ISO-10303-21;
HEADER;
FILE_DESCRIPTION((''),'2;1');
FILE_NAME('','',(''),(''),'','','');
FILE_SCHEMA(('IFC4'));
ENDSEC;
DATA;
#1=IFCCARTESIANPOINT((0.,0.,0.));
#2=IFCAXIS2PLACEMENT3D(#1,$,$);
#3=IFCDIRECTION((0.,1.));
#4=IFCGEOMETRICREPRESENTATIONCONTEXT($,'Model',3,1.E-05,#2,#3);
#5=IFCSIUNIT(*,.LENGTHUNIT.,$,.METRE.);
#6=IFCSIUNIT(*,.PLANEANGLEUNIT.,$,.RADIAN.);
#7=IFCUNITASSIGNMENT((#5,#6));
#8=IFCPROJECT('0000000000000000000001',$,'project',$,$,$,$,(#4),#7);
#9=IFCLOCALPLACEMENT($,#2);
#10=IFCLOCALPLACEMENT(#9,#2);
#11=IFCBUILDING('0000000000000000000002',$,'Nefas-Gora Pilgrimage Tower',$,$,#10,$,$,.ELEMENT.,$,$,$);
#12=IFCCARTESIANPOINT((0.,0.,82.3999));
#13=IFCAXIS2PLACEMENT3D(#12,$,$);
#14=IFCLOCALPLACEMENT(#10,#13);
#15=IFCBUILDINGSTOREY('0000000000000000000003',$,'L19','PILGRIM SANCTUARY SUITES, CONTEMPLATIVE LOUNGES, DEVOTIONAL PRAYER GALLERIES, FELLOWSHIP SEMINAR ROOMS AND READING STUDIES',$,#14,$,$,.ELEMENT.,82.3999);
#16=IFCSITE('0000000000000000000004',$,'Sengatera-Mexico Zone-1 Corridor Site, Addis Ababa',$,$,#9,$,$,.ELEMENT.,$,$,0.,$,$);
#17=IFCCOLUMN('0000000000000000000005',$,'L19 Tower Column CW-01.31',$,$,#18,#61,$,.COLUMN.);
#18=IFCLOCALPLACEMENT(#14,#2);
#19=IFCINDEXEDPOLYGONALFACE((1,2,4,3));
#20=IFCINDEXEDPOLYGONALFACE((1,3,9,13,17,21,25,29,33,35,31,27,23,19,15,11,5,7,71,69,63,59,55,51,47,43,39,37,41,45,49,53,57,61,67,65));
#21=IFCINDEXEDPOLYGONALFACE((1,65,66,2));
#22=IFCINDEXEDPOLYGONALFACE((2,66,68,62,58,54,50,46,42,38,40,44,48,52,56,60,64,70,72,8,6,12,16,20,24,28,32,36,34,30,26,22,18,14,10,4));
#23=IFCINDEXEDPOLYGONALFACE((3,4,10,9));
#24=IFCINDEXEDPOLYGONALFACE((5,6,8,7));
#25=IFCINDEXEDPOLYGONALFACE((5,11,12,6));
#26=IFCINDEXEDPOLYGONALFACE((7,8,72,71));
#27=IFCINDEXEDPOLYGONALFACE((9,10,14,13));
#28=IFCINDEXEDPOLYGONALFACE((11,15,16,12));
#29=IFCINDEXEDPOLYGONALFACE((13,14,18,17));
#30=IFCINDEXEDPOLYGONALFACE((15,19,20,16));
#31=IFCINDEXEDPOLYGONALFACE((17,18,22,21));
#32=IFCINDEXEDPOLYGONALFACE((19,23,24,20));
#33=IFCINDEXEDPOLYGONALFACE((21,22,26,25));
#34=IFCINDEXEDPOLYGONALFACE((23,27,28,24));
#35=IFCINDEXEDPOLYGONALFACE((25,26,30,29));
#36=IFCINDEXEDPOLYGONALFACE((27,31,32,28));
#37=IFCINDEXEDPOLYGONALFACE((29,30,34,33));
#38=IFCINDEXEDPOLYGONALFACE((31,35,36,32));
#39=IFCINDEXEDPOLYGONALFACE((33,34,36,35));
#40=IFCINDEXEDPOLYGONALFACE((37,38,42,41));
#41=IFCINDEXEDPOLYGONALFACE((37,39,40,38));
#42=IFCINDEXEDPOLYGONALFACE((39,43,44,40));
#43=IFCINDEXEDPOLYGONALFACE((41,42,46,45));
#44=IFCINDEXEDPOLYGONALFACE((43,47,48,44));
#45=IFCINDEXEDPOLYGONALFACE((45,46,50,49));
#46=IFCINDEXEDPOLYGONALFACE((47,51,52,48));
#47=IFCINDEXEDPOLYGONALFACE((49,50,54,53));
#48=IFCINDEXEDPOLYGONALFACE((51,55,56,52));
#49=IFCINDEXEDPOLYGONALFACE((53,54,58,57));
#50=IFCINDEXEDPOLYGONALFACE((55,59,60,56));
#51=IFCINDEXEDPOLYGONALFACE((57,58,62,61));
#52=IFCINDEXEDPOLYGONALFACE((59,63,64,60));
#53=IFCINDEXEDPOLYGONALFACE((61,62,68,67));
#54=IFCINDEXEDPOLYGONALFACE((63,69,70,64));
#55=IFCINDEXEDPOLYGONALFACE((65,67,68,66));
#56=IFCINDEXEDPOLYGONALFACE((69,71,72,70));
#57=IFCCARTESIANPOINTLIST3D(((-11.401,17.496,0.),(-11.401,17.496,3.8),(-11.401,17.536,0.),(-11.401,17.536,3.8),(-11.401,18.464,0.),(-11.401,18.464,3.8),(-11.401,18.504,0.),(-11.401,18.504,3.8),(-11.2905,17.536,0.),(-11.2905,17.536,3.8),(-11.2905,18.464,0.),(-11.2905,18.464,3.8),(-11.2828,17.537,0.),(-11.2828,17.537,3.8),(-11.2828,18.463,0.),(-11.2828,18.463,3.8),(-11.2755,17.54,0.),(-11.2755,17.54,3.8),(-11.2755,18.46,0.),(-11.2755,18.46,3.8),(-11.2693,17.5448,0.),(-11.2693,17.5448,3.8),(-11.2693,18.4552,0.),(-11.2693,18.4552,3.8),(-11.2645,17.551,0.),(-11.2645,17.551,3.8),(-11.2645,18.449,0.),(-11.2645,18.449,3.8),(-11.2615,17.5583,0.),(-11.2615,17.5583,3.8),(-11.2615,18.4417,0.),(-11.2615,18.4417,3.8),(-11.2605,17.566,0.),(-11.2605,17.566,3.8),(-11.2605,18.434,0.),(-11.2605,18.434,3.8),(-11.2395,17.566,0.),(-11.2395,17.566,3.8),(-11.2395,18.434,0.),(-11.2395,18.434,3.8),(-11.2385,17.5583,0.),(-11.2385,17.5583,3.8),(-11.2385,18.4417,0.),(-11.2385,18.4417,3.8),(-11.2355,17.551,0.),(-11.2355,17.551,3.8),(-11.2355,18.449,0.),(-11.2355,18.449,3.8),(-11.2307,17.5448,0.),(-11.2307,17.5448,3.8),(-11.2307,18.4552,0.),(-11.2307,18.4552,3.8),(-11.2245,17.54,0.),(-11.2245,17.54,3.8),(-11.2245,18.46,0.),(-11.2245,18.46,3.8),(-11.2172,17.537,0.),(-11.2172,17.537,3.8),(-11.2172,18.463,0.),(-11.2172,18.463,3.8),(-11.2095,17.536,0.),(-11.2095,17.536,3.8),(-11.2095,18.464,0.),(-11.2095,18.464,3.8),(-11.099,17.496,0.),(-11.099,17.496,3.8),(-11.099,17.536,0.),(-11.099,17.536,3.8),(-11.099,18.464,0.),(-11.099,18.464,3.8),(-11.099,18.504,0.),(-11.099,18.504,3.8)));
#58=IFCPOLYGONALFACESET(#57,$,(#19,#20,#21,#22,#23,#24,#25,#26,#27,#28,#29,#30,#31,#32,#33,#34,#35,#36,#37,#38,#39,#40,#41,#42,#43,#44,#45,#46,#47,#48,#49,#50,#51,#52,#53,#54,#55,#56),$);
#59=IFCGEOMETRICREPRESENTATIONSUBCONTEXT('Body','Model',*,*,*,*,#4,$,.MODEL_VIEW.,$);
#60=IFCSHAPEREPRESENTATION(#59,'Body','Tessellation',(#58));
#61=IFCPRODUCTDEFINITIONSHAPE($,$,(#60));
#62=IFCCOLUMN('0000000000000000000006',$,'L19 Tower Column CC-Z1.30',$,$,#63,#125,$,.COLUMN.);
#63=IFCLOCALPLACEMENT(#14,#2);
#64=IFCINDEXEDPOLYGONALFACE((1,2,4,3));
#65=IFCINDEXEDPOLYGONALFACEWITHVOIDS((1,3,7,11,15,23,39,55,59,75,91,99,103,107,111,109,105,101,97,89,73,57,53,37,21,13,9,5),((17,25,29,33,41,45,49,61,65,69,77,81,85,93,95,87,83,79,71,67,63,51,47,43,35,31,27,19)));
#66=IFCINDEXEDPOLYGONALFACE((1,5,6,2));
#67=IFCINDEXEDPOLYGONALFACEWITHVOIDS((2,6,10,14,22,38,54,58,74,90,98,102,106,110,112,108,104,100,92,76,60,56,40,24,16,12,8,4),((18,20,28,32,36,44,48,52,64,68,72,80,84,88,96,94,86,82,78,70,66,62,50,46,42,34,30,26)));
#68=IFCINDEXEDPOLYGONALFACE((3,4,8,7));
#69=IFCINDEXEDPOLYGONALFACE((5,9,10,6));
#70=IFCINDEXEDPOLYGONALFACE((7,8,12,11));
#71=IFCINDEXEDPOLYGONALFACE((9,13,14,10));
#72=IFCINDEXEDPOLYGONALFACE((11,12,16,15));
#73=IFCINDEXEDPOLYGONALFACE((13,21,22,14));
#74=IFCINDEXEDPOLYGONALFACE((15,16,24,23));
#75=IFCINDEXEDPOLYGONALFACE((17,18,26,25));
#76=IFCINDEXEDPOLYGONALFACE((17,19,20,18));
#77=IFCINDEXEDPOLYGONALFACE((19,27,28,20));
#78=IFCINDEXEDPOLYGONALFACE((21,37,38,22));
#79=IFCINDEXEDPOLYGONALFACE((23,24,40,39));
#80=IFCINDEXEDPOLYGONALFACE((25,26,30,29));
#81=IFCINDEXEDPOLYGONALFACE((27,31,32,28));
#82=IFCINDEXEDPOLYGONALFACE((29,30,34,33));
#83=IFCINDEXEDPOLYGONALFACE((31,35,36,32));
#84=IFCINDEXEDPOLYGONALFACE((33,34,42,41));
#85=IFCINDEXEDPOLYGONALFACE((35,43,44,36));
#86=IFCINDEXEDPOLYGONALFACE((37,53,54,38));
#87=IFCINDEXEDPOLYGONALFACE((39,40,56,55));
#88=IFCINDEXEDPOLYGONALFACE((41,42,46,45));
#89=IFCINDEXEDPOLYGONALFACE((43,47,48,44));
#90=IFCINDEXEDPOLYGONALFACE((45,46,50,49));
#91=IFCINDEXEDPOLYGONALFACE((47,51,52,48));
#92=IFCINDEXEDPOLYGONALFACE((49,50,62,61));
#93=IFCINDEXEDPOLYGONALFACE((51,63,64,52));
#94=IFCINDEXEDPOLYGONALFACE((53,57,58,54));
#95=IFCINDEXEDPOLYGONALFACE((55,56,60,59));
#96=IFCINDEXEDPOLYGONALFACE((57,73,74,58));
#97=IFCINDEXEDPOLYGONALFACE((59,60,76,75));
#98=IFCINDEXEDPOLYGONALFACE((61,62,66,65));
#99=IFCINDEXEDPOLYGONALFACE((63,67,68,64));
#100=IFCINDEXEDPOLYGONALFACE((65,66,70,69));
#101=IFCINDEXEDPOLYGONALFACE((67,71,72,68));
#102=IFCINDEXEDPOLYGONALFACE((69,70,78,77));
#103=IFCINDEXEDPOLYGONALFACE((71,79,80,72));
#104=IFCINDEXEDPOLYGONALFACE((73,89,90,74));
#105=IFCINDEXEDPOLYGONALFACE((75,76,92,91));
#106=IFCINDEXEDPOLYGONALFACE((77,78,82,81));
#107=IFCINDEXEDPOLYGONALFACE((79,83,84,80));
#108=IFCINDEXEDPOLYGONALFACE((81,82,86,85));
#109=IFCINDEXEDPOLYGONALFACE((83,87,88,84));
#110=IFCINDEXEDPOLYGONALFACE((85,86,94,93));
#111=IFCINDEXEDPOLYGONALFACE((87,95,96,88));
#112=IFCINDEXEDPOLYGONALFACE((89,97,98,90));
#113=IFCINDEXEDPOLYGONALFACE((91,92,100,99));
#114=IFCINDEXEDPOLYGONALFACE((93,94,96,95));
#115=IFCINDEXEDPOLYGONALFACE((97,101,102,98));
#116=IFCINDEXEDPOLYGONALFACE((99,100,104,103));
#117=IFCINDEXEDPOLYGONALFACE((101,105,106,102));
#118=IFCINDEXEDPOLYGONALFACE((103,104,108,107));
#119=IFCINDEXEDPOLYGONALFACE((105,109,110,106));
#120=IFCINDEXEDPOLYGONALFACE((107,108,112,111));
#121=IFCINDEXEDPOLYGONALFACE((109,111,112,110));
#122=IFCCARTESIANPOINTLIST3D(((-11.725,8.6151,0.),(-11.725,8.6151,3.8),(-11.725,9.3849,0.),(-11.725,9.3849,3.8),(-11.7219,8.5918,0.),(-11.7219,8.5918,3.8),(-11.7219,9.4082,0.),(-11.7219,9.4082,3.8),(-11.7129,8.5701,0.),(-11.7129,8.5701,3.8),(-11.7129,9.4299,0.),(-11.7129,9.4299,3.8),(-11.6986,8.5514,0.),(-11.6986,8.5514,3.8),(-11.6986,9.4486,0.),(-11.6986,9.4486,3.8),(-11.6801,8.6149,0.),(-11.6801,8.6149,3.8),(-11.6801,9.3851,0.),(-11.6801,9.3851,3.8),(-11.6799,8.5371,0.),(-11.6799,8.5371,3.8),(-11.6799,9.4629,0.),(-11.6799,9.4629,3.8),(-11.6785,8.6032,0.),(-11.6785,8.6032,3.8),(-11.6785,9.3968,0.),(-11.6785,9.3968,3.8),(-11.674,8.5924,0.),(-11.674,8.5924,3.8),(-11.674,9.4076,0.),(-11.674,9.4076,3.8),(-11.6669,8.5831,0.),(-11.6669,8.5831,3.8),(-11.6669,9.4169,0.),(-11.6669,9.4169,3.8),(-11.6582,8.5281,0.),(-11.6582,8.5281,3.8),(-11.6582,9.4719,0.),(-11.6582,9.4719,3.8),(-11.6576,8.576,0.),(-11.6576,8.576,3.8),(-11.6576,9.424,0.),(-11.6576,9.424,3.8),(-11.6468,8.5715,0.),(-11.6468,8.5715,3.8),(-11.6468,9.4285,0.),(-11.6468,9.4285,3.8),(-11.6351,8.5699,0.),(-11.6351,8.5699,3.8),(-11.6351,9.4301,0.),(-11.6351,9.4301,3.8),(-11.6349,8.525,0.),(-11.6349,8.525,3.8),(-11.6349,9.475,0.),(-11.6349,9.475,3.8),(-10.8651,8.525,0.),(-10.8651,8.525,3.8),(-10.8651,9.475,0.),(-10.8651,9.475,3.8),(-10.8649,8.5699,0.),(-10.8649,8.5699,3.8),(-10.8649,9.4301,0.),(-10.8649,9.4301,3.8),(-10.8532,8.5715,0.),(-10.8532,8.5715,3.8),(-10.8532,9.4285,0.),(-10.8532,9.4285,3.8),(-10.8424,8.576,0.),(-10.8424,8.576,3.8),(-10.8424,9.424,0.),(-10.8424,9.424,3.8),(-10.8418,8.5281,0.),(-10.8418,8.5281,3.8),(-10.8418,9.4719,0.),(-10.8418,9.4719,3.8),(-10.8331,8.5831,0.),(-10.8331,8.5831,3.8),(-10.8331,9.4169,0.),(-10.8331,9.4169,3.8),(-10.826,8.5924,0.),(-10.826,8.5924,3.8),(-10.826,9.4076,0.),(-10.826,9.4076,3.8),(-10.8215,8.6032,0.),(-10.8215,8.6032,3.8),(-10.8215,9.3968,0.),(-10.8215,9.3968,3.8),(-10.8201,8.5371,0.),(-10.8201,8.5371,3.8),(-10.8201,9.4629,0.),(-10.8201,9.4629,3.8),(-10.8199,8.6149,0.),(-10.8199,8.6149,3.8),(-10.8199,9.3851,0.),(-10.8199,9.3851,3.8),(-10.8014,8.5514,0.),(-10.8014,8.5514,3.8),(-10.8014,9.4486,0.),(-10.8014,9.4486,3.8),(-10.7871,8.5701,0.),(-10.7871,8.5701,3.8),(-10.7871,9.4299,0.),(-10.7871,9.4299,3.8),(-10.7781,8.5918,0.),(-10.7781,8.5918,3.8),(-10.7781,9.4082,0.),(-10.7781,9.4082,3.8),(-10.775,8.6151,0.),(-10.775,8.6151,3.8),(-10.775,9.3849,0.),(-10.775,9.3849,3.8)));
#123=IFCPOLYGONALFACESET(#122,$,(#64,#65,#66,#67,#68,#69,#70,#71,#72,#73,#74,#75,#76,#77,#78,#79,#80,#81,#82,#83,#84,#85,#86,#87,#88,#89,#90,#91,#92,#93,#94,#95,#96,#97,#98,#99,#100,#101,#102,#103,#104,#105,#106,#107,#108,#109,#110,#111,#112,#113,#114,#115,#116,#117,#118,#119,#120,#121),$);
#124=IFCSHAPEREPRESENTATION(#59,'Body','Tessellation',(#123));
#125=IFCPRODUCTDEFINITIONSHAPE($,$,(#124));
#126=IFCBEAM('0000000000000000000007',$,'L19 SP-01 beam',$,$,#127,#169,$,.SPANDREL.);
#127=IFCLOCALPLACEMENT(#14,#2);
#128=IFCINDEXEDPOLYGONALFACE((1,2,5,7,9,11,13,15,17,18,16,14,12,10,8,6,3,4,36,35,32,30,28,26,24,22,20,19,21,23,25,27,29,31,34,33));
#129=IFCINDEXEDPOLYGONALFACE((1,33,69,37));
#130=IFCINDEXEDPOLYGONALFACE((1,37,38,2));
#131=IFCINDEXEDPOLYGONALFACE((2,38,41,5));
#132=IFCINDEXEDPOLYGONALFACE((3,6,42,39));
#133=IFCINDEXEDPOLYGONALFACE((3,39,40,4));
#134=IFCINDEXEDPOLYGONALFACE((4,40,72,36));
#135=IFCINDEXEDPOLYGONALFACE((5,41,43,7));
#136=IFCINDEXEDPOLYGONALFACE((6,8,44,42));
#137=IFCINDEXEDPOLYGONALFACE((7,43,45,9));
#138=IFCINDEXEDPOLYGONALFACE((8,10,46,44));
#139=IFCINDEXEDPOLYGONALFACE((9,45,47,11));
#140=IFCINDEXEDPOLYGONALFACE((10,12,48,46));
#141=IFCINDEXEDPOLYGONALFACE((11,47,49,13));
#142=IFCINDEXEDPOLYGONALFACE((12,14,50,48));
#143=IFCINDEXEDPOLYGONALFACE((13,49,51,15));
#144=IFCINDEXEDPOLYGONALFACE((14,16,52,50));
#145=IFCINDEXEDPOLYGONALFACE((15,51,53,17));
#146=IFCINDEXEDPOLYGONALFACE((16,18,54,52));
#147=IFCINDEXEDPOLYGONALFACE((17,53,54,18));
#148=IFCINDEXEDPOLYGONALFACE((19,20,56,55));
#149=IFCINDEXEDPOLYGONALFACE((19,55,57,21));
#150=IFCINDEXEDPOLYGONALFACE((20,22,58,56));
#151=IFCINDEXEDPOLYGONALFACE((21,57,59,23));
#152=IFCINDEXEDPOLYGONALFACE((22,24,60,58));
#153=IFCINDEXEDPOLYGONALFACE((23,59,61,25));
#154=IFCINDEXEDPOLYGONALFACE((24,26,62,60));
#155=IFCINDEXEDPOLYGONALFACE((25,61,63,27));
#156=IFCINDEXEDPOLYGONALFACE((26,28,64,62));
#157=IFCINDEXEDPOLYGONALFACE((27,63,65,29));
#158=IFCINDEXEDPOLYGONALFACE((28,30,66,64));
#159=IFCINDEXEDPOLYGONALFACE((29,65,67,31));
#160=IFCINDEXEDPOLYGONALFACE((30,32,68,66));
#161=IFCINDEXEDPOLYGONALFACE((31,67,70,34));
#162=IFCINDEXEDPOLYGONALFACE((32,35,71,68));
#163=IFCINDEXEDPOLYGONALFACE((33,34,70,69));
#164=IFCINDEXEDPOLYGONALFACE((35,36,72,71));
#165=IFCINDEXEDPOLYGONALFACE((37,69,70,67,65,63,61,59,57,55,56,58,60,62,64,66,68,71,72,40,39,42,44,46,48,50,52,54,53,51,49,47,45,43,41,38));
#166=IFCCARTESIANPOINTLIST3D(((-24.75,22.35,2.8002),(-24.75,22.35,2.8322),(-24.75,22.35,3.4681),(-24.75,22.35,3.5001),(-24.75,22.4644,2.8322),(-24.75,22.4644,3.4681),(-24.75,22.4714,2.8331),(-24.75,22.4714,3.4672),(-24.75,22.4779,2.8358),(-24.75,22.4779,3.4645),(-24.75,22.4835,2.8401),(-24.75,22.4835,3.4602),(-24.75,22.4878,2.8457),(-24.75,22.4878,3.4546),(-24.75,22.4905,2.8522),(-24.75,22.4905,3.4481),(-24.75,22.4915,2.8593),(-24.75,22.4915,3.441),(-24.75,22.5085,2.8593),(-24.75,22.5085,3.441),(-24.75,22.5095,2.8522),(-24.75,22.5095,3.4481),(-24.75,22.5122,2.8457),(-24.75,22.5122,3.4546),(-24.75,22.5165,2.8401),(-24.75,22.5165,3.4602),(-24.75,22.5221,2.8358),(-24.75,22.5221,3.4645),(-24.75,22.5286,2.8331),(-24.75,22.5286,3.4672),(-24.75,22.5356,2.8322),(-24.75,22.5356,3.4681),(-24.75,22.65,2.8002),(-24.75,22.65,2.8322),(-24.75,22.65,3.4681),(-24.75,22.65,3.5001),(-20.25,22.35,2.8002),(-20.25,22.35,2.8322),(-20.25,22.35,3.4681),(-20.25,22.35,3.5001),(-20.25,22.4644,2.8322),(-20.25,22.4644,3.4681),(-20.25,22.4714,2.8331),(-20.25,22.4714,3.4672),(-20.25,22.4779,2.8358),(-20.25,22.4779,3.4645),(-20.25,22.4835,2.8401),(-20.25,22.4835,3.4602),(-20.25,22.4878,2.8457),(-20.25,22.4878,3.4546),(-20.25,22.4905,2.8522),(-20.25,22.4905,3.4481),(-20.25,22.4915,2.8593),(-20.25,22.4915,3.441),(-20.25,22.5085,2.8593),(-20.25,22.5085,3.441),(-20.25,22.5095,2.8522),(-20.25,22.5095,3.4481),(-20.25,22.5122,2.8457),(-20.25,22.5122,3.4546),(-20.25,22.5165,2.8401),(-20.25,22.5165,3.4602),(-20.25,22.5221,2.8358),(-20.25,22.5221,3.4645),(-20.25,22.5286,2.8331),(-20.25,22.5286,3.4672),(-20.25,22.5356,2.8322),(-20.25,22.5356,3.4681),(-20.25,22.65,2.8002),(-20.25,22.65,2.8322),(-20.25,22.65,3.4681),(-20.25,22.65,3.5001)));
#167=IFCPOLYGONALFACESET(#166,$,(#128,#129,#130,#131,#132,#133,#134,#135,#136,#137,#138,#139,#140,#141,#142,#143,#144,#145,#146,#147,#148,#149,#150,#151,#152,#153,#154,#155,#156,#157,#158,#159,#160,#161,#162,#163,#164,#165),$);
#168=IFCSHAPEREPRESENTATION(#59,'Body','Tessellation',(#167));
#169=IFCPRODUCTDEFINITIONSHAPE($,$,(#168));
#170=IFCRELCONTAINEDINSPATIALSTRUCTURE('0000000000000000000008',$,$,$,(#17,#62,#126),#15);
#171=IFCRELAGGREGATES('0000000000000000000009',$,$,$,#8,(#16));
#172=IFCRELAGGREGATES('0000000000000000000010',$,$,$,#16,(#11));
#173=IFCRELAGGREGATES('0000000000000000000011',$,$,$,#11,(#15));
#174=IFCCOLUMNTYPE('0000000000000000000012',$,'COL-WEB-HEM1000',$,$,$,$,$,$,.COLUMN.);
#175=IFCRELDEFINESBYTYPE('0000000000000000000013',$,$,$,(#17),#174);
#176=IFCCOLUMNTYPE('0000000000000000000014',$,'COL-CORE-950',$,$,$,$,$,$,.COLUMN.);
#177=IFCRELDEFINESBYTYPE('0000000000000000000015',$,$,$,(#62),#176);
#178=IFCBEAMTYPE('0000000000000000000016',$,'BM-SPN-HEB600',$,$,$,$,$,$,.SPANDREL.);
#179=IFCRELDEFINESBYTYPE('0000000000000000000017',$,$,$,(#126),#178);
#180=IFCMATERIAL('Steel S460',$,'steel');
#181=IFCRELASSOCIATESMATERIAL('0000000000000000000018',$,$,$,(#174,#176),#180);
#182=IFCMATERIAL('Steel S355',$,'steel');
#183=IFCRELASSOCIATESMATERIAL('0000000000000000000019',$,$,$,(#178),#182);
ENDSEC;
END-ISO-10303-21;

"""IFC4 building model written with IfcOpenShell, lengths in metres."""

from ifc_helpers import new_model, si_unit, direction, frame, origin, origin_2d, place, context, subcontext, project, spatial, hollow_rectangle, i_section, extrude, source, transform, mapped, material, material_profile, profile_set, type_object, element, save


model = new_model("IFC4")

# Units and contexts
model_context = context("Model", 3, precision=1e-05, world=origin(), true_north=direction((0.0, 1.0)))
body_context = subcontext(model_context, "Body", "Model", "MODEL_VIEW")
ifc_project = project(units=[si_unit("LENGTHUNIT", "METRE"), si_unit("PLANEANGLEUNIT", "RADIAN")], contexts=[model_context])

# Site, building, storey
site_placement = place(None, origin())
site = spatial("IfcSite", under=ifc_project, at=site_placement, Name="Sengatera-Mexico Zone-1 Corridor Site, Addis Ababa", CompositionType="ELEMENT", RefElevation=0.0)
building_placement = place(site_placement, origin())
building = spatial("IfcBuilding", under=site, at=building_placement, Name="Nefas-Gora Pilgrimage Tower", CompositionType="ELEMENT")
storey_placement = place(building_placement, frame((0.0, 0.0, 82.3999)))
storey = spatial("IfcBuildingStorey", under=building, at=storey_placement, Name="L19", Description="PILGRIM SANCTUARY SUITES, CONTEMPLATIVE LOUNGES, DEVOTIONAL PRAYER GALLERIES, FELLOWSHIP SEMINAR ROOMS AND READING STUDIES", CompositionType="ELEMENT", Elevation=82.3999)

# Columns
ifc_material_1 = material(Name="Steel S460", Category="steel")
ifc_material_profile_1 = material_profile(ifc_material_1, i_section(OverallWidth=0.302, OverallDepth=1.0081, WebThickness=0.021, FlangeThickness=0.04, FilletRadius=0.03, at=origin_2d()), Name="HEM 1000")
ifc_profile_set_1 = profile_set([ifc_material_profile_1], Name="Steel S460")
column_type_1 = type_object("IfcColumnType", Name="COL-WEB-HEM1000", PredefinedType="COLUMN", material=ifc_profile_set_1)
shared_shape_1 = source(origin(), body_context, "Body", "SweptSolid", [
    extrude(i_section(OverallWidth=0.302, OverallDepth=1.0081, WebThickness=0.021, FlangeThickness=0.04, FilletRadius=0.03, at=origin_2d()), origin(), (0.0, 0.0, 1.0), 3.8),
])
for number, where, z_axis, x_axis, name in (
    (1, (-11.25, 18.0, 0.0), (0.0, 0.0, 1.0), (1.0, 0.0, 0.0), "L19 Tower Column CW-01.31"),
):
    element("IfcColumn", number, at=place(storey_placement, frame(where, z_axis=z_axis, x_axis=x_axis)), inside=storey, type_object=column_type_1, Name=name, PredefinedType="COLUMN", context=body_context, shape_type="MappedRepresentation", body=[
        mapped(shared_shape_1, transform((0.0, 0.0, 0.0), x_axis=(1.0, 0.0, 0.0), y_axis=(0.0, 1.0, 0.0), z_axis=(0.0, 0.0, 1.0), scale=1.0)),
    ])
ifc_material_profile_2 = material_profile(ifc_material_1, hollow_rectangle(XDim=0.95, YDim=0.95, WallThickness=0.0449, InnerFilletRadius=0.0449, OuterFilletRadius=0.0901, at=origin_2d()), Name="BOX 950x950x45")
ifc_profile_set_2 = profile_set([ifc_material_profile_2], Name="Steel S460")
column_type_2 = type_object("IfcColumnType", Name="COL-CORE-950", PredefinedType="COLUMN", material=ifc_profile_set_2)
shared_shape_2 = source(origin(), body_context, "Body", "SweptSolid", [
    extrude(hollow_rectangle(XDim=0.95, YDim=0.95, WallThickness=0.0449, InnerFilletRadius=0.0449, OuterFilletRadius=0.0901, at=origin_2d()), origin(), (0.0, 0.0, 1.0), 3.8),
])
column_placement = place(storey_placement, frame((-11.25, 9.0, 0.0), z_axis=(0.0, 0.0, 1.0), x_axis=(1.0, 0.0, 0.0)))
element("IfcColumn", 2, at=column_placement, inside=storey, type_object=column_type_2, Name="L19 Tower Column CC-Z1.30", PredefinedType="COLUMN", context=body_context, shape_type="MappedRepresentation", body=[
    mapped(shared_shape_2, transform((0.0, 0.0, 0.0), x_axis=(1.0, 0.0, 0.0), y_axis=(0.0, 1.0, 0.0), z_axis=(0.0, 0.0, 1.0), scale=1.0)),
])

# Beam
ifc_material_2 = material(Name="Steel S355", Category="steel")
ifc_material_profile_3 = material_profile(ifc_material_2, i_section(OverallWidth=0.3, OverallDepth=0.7, WebThickness=0.0171, FlangeThickness=0.032, FilletRadius=0.0271, at=origin_2d()), Name="HEB 700")
ifc_profile_set_3 = profile_set([ifc_material_profile_3], Name="Steel S355")
beam_type_1 = type_object("IfcBeamType", Name="BM-SPN-HEB600", PredefinedType="SPANDREL", material=ifc_profile_set_3)
shared_shape_3 = source(origin(), body_context, "Body", "SweptSolid", [
    extrude(i_section(OverallWidth=0.3, OverallDepth=0.7, WebThickness=0.0171, FlangeThickness=0.032, FilletRadius=0.0271, at=origin_2d()), origin(), (0.0, 0.0, 1.0), 4.5),
])
beam_placement = place(storey_placement, frame((-24.75, 22.5, 3.1501), z_axis=(1.0, 0.0, 0.0), x_axis=(0.0, 1.0, 0.0)))
element("IfcBeam", 3, at=beam_placement, inside=storey, type_object=beam_type_1, Name="L19 SP-01 beam", PredefinedType="SPANDREL", context=body_context, shape_type="MappedRepresentation", body=[
    mapped(shared_shape_3, transform((0.0, 0.0, 0.0), x_axis=(1.0, 0.0, 0.0), y_axis=(0.0, 1.0, 0.0), z_axis=(0.0, 0.0, 1.0), scale=1.0)),
])

save(model, "model.ifc")
